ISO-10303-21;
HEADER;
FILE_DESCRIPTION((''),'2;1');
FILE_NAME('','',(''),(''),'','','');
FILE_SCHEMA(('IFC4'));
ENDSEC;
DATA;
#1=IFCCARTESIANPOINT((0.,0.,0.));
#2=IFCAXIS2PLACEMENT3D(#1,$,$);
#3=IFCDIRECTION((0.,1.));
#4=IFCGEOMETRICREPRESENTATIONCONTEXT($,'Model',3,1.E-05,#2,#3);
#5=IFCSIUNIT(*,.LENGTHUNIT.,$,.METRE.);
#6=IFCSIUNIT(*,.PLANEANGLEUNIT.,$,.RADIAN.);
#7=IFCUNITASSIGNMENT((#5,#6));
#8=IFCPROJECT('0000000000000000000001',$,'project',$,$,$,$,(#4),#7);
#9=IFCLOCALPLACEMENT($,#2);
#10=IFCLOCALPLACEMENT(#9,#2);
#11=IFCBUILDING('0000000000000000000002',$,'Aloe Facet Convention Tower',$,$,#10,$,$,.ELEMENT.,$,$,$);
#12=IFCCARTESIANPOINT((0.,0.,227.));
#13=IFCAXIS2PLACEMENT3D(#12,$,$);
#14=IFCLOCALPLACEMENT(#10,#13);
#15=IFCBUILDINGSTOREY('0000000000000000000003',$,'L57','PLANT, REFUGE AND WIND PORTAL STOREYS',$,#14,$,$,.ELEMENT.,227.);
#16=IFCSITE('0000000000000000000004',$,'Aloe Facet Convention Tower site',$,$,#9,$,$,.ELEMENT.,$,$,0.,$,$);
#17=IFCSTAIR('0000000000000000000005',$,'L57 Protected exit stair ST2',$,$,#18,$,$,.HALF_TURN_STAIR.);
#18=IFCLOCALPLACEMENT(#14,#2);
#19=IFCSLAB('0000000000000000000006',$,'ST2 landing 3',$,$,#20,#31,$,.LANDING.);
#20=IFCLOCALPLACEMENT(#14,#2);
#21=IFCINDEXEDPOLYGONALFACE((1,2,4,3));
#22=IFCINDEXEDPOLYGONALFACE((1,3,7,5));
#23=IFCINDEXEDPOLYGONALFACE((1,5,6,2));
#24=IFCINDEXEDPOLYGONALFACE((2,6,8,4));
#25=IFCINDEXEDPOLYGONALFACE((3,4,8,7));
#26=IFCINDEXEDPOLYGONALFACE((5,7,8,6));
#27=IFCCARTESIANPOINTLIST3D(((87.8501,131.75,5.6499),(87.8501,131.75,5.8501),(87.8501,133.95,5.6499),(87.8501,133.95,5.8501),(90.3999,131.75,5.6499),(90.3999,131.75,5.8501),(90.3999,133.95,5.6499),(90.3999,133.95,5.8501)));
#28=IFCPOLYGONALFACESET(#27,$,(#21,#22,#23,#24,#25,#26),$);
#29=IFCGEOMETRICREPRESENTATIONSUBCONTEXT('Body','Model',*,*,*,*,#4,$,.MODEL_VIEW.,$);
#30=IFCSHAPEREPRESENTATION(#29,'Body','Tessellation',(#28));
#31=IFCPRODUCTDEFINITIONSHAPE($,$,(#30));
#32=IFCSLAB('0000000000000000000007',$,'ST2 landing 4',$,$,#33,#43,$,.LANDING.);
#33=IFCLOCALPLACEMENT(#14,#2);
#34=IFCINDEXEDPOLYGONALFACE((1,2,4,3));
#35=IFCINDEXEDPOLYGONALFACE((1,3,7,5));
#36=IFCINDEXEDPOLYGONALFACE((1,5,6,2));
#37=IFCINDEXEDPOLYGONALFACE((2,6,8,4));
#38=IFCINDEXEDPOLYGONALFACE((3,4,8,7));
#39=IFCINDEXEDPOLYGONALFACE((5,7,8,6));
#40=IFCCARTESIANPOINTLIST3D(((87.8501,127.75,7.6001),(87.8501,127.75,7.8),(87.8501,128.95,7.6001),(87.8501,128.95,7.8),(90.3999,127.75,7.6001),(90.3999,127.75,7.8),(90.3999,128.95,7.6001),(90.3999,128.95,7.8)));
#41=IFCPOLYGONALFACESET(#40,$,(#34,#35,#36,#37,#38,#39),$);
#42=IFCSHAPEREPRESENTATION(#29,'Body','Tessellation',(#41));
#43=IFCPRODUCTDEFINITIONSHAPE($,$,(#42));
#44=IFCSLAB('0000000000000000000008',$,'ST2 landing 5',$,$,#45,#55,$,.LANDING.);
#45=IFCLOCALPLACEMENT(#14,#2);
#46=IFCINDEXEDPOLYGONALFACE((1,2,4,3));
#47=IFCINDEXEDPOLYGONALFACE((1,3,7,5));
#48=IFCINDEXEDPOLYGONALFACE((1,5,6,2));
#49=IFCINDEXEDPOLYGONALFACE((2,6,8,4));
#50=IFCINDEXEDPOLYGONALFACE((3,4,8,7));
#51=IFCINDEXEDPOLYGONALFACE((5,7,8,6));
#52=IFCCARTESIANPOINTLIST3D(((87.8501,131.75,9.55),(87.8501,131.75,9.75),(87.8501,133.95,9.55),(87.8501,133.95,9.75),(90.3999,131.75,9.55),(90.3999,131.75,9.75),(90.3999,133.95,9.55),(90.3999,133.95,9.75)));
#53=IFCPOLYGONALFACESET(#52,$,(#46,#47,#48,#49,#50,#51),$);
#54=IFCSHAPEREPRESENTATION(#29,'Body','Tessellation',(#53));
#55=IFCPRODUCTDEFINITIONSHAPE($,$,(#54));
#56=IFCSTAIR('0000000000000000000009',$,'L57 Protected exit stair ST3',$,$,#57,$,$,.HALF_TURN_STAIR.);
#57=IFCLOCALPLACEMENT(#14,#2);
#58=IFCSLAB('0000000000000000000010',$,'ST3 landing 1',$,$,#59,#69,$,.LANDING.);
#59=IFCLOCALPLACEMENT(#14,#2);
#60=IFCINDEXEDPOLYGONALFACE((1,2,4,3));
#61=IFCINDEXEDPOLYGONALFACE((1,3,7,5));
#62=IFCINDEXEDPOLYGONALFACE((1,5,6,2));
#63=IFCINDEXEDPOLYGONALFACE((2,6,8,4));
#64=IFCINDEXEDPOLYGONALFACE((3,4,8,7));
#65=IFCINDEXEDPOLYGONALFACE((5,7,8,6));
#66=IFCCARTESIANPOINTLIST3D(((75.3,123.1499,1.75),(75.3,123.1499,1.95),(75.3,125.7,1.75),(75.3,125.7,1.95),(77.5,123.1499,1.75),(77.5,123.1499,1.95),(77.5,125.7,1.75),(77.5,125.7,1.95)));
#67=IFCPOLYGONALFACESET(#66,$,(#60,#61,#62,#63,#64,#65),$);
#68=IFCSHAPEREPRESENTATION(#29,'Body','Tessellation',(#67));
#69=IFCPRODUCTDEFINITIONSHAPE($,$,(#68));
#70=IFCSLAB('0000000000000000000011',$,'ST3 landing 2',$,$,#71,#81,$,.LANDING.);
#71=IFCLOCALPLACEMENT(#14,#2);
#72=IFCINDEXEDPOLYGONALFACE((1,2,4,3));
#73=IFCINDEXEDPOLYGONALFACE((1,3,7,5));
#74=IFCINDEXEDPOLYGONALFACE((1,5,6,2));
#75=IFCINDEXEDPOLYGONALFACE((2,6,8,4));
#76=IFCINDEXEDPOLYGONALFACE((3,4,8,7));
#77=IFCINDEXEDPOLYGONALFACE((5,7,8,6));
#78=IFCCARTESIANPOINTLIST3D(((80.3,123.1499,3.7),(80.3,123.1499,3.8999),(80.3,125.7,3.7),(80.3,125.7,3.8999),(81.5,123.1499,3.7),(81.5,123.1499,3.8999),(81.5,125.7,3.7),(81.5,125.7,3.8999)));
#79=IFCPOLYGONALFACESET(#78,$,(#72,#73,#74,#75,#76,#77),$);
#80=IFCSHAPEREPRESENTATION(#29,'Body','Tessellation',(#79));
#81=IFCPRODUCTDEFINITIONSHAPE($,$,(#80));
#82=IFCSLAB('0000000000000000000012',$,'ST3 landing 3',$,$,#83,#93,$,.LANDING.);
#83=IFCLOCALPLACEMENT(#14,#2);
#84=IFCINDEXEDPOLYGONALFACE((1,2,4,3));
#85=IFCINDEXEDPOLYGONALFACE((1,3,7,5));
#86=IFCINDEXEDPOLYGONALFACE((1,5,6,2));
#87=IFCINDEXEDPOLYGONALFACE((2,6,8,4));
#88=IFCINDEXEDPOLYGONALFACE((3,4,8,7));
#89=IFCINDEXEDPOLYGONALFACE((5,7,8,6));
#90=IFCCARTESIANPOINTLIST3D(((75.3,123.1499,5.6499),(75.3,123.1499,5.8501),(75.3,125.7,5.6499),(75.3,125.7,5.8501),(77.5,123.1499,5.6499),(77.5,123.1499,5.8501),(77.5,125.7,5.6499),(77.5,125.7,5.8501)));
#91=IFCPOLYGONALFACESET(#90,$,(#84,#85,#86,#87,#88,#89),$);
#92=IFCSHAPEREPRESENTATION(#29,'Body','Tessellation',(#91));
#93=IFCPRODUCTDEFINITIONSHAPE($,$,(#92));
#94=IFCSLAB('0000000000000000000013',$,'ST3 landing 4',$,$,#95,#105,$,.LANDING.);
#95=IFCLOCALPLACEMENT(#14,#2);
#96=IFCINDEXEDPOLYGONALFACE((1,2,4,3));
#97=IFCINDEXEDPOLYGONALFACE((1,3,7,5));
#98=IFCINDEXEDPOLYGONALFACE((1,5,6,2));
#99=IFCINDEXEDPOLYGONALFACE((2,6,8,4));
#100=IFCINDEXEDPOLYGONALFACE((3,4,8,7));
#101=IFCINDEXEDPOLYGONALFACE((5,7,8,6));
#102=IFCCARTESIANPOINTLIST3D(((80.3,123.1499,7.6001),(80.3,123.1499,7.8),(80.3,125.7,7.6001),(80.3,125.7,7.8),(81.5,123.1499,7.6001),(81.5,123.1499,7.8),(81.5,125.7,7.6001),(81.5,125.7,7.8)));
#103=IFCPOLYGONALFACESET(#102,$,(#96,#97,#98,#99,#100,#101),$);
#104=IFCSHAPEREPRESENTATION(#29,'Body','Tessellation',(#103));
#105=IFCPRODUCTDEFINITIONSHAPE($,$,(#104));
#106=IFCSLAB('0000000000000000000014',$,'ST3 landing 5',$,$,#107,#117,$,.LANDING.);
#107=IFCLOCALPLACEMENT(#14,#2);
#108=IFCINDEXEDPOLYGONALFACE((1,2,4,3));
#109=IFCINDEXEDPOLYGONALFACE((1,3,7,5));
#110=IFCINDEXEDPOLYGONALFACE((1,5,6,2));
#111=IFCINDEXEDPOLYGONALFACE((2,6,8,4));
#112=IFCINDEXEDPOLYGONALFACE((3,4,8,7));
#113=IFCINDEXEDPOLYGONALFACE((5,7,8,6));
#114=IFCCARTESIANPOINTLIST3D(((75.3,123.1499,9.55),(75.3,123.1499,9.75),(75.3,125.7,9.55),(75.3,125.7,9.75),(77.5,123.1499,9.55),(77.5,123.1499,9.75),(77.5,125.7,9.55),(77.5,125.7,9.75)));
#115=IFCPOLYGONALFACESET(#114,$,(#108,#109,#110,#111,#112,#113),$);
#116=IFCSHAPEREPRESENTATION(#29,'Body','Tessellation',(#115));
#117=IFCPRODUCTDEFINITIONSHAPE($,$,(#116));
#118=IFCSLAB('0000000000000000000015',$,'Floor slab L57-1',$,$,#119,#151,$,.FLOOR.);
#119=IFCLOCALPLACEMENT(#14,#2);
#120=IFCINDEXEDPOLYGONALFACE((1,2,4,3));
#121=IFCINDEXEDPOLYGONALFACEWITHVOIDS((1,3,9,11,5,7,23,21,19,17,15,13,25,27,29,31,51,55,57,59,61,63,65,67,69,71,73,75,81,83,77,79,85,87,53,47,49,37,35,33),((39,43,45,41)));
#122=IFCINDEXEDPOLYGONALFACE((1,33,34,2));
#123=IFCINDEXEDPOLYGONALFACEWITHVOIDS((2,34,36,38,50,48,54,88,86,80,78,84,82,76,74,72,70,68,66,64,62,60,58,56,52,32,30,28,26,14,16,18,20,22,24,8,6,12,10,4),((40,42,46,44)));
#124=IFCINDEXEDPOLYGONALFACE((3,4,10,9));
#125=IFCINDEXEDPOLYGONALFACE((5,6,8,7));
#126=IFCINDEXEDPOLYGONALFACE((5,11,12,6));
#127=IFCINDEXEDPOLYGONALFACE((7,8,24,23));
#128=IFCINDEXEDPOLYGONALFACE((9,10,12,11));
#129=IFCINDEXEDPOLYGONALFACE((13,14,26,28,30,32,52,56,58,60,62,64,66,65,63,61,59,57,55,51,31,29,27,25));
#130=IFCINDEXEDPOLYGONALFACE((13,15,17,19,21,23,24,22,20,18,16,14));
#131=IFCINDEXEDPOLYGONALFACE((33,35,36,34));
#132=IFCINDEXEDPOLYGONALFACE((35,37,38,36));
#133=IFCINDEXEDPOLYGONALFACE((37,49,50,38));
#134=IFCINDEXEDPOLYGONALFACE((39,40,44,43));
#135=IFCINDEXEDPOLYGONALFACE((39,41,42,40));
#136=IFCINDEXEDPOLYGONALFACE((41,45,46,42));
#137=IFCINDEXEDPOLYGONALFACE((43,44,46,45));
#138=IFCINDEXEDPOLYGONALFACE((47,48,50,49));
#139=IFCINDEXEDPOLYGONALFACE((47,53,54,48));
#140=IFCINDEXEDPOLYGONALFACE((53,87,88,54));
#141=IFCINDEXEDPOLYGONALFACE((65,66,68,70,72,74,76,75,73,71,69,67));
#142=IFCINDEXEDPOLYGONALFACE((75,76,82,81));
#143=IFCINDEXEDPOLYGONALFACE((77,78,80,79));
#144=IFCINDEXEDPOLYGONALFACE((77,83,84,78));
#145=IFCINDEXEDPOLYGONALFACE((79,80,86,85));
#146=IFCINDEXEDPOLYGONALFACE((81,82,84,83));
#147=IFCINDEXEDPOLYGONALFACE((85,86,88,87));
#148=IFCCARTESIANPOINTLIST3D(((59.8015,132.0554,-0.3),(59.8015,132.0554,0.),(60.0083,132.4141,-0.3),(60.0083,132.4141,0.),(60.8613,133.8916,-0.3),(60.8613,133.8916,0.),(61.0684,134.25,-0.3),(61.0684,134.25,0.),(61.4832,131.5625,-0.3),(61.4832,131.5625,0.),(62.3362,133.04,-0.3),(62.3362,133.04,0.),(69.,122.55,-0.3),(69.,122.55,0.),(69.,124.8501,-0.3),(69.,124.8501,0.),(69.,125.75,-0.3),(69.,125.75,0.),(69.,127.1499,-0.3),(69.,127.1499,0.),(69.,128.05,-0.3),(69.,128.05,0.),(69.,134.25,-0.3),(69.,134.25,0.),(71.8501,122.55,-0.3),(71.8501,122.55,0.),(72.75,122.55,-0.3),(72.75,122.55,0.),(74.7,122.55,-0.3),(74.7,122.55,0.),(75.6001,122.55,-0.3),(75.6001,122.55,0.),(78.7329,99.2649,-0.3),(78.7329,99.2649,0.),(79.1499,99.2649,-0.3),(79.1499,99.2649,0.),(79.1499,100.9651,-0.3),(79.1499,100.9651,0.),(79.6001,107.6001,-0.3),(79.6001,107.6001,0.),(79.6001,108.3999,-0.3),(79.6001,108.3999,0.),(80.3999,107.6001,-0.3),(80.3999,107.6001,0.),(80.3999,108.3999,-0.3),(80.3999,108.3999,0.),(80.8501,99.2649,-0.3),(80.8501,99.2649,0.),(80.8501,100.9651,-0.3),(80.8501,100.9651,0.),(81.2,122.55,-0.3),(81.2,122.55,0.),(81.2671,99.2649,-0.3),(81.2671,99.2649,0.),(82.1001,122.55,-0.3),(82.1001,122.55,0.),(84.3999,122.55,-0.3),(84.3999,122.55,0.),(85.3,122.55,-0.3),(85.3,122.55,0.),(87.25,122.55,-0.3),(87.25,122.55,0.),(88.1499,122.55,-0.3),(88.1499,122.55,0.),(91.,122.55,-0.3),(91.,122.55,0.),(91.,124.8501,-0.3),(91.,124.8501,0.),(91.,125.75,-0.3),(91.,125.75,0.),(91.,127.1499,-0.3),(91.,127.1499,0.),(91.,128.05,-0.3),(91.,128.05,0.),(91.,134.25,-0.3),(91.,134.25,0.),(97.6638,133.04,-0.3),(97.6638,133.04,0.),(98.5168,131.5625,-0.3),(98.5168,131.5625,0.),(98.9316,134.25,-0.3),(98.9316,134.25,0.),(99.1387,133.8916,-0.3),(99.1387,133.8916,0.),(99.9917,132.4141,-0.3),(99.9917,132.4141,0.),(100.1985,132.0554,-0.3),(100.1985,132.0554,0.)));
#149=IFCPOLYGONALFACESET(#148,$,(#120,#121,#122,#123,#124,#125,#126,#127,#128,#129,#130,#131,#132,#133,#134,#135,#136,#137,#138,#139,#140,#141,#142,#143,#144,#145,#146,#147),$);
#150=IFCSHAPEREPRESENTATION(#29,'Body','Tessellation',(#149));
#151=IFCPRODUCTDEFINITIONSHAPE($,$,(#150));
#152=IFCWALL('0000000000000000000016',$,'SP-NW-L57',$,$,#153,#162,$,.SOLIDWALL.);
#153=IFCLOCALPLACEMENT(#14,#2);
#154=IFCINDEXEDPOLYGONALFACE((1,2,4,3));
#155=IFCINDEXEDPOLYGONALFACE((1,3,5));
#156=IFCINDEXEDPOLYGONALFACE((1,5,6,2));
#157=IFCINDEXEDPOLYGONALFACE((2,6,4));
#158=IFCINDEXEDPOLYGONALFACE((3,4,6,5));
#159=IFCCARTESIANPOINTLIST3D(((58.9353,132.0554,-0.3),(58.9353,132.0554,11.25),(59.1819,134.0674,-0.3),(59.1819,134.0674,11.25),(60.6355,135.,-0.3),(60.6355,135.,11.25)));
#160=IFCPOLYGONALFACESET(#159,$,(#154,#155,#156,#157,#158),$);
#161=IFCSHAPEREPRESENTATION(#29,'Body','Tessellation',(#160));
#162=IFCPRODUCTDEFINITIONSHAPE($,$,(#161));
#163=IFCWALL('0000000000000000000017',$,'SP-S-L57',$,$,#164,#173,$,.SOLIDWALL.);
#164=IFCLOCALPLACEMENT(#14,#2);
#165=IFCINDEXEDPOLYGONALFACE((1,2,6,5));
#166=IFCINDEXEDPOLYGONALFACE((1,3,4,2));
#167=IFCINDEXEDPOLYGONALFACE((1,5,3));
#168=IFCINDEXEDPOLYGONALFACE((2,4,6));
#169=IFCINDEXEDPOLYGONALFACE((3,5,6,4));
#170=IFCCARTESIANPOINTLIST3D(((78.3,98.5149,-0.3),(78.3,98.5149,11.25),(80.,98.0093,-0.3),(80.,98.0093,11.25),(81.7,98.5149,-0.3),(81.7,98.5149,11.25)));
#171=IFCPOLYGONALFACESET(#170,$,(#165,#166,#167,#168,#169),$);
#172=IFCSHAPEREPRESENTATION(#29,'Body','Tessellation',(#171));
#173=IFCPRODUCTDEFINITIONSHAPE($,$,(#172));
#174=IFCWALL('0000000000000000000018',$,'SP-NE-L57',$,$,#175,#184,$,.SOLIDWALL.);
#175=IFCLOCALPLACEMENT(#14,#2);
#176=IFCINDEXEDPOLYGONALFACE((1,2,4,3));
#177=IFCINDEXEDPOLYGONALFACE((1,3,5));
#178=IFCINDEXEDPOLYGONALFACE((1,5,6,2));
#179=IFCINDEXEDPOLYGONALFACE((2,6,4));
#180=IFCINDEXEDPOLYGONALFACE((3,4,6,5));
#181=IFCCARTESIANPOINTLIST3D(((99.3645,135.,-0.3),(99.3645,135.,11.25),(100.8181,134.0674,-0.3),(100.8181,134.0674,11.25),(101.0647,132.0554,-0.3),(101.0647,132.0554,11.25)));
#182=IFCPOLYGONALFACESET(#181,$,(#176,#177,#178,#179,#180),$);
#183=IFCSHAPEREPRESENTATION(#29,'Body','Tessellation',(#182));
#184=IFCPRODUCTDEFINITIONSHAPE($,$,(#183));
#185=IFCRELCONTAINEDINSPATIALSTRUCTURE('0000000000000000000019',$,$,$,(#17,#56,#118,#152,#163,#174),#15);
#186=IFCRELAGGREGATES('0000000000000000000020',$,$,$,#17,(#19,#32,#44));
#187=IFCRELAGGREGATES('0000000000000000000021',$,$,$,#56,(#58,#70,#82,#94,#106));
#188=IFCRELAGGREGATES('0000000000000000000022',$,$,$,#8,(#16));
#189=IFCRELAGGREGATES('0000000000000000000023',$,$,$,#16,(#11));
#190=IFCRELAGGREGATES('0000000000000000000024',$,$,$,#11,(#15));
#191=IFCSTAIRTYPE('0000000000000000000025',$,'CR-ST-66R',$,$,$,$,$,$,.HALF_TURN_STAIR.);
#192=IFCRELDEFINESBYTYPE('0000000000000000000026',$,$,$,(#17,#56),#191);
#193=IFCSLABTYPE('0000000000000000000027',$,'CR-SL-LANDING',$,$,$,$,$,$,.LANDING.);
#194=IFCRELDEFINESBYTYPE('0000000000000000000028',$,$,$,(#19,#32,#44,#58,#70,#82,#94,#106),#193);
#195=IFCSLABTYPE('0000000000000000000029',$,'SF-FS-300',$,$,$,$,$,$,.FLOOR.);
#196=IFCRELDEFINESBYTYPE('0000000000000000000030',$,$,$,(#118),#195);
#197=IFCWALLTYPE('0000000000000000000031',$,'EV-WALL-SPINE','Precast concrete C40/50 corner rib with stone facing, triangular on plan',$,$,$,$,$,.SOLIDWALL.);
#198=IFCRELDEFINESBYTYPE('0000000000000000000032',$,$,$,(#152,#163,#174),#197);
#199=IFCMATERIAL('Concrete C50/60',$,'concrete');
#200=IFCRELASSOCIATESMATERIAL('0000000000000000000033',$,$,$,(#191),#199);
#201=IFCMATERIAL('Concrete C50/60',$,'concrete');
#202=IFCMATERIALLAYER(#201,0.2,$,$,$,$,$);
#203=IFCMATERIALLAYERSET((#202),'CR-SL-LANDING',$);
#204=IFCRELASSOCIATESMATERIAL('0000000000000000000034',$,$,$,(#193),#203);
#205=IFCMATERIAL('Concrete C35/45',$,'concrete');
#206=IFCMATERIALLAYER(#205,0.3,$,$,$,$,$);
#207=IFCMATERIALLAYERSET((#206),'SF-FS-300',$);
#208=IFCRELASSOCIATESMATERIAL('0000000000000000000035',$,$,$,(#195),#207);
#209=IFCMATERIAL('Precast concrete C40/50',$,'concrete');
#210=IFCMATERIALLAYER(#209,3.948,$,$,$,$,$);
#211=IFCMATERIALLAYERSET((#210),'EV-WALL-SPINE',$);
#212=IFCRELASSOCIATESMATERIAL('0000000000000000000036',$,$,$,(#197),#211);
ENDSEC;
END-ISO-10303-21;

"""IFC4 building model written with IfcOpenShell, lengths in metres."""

from ifc_helpers import new_model, si_unit, direction, frame, origin, place, context, subcontext, project, spatial, polyline, outline, extrude, material, layer, layer_set, type_object, element, aggregate, save


model = new_model("IFC4")

# Units and contexts
model_context = context("Model", 3, precision=1e-05, world=origin(), true_north=direction((0.0, 1.0)))
body_context = subcontext(model_context, "Body", "Model", "MODEL_VIEW")
ifc_project = project(units=[si_unit("LENGTHUNIT", "METRE"), si_unit("PLANEANGLEUNIT", "RADIAN")], contexts=[model_context])

# Site, building, storey
site_placement = place(None, origin())
site = spatial("IfcSite", under=ifc_project, at=site_placement, Name="Aloe Facet Convention Tower site", CompositionType="ELEMENT", RefElevation=0.0)
building_placement = place(site_placement, origin())
building = spatial("IfcBuilding", under=site, at=building_placement, Name="Aloe Facet Convention Tower", CompositionType="ELEMENT")
storey_placement = place(building_placement, frame((0.0, 0.0, 227.0)))
storey = spatial("IfcBuildingStorey", under=building, at=storey_placement, Name="L57", Description="PLANT, REFUGE AND WIND PORTAL STOREYS", CompositionType="ELEMENT", Elevation=227.0)

# Stairs, slabs
ifc_material_1 = material(Name="Concrete C50/60", Category="concrete")
stair_type = type_object("IfcStairType", Name="CR-ST-66R", PredefinedType="HALF_TURN_STAIR", material=ifc_material_1)
ifc_material_2 = material(Name="Concrete C50/60", Category="concrete")
ifc_layer_1 = layer(ifc_material_2, 0.2)
ifc_layer_set_1 = layer_set([ifc_layer_1], Name="CR-SL-LANDING")
slab_type_1 = type_object("IfcSlabType", Name="CR-SL-LANDING", PredefinedType="LANDING", material=ifc_layer_set_1)
stair_1_placement = place(storey_placement, origin())
stair_1 = element("IfcStair", 1, at=stair_1_placement, inside=storey, type_object=stair_type, Name="L57 Protected exit stair ST2", PredefinedType="HALF_TURN_STAIR")
slab_1_placement = place(storey_placement, frame((0.0, 0.0, 5.6499)))
slab_1 = element("IfcSlab", 2, at=slab_1_placement, type_object=slab_type_1, Name="ST2 landing 3", PredefinedType="LANDING", context=body_context, shape_type="SweptSolid", body=[
    extrude(outline(polyline([(90.3999, 131.75), (90.3999, 133.95), (87.8501, 133.95), (87.8501, 131.75), (90.3999, 131.75)])), origin(), (0.0, 0.0, 1.0), 0.2002),
])
slab_2_placement = place(storey_placement, frame((0.0, 0.0, 7.6001)))
slab_2 = element("IfcSlab", 3, at=slab_2_placement, type_object=slab_type_1, Name="ST2 landing 4", PredefinedType="LANDING", context=body_context, shape_type="SweptSolid", body=[
    extrude(outline(polyline([(90.3999, 127.75), (90.3999, 128.95), (87.8501, 128.95), (87.8501, 127.75), (90.3999, 127.75)])), origin(), (0.0, 0.0, 1.0), 0.2),
])
slab_3_placement = place(storey_placement, frame((0.0, 0.0, 9.55)))
slab_3 = element("IfcSlab", 4, at=slab_3_placement, type_object=slab_type_1, Name="ST2 landing 5", PredefinedType="LANDING", context=body_context, shape_type="SweptSolid", body=[
    extrude(outline(polyline([(90.3999, 131.75), (90.3999, 133.95), (87.8501, 133.95), (87.8501, 131.75), (90.3999, 131.75)])), origin(), (0.0, 0.0, 1.0), 0.2),
])
aggregate(stair_1, [slab_1, slab_2, slab_3])
stair_2_placement = place(storey_placement, origin())
stair_2 = element("IfcStair", 5, at=stair_2_placement, inside=storey, type_object=stair_type, Name="L57 Protected exit stair ST3", PredefinedType="HALF_TURN_STAIR")
slab_4_placement = place(storey_placement, frame((0.0, 0.0, 1.75)))
slab_4 = element("IfcSlab", 6, at=slab_4_placement, type_object=slab_type_1, Name="ST3 landing 1", PredefinedType="LANDING", context=body_context, shape_type="SweptSolid", body=[
    extrude(outline(polyline([(77.5, 125.7), (75.3, 125.7), (75.3, 123.1499), (77.5, 123.1499), (77.5, 125.7)])), origin(), (0.0, 0.0, 1.0), 0.2),
])
slab_5_placement = place(storey_placement, frame((0.0, 0.0, 3.7)))
slab_5 = element("IfcSlab", 7, at=slab_5_placement, type_object=slab_type_1, Name="ST3 landing 2", PredefinedType="LANDING", context=body_context, shape_type="SweptSolid", body=[
    extrude(outline(polyline([(81.5, 125.7), (80.3, 125.7), (80.3, 123.1499), (81.5, 123.1499), (81.5, 125.7)])), origin(), (0.0, 0.0, 1.0), 0.2),
])
slab_6_placement = place(storey_placement, frame((0.0, 0.0, 5.6499)))
slab_6 = element("IfcSlab", 8, at=slab_6_placement, type_object=slab_type_1, Name="ST3 landing 3", PredefinedType="LANDING", context=body_context, shape_type="SweptSolid", body=[
    extrude(outline(polyline([(77.5, 125.7), (75.3, 125.7), (75.3, 123.1499), (77.5, 123.1499), (77.5, 125.7)])), origin(), (0.0, 0.0, 1.0), 0.2002),
])
slab_7_placement = place(storey_placement, frame((0.0, 0.0, 7.6001)))
slab_7 = element("IfcSlab", 9, at=slab_7_placement, type_object=slab_type_1, Name="ST3 landing 4", PredefinedType="LANDING", context=body_context, shape_type="SweptSolid", body=[
    extrude(outline(polyline([(81.5, 125.7), (80.3, 125.7), (80.3, 123.1499), (81.5, 123.1499), (81.5, 125.7)])), origin(), (0.0, 0.0, 1.0), 0.2),
])
slab_8_placement = place(storey_placement, frame((0.0, 0.0, 9.55)))
slab_8 = element("IfcSlab", 10, at=slab_8_placement, type_object=slab_type_1, Name="ST3 landing 5", PredefinedType="LANDING", context=body_context, shape_type="SweptSolid", body=[
    extrude(outline(polyline([(77.5, 125.7), (75.3, 125.7), (75.3, 123.1499), (77.5, 123.1499), (77.5, 125.7)])), origin(), (0.0, 0.0, 1.0), 0.2),
])
aggregate(stair_2, [slab_4, slab_5, slab_6, slab_7, slab_8])

# Slab
ifc_material_3 = material(Name="Concrete C35/45", Category="concrete")
ifc_layer_2 = layer(ifc_material_3, 0.3)
ifc_layer_set_2 = layer_set([ifc_layer_2], Name="SF-FS-300")
slab_type_2 = type_object("IfcSlabType", Name="SF-FS-300", PredefinedType="FLOOR", material=ifc_layer_set_2)
slab_9_placement = place(storey_placement, frame((0.0, 0.0, -0.3)))
element("IfcSlab", 11, at=slab_9_placement, inside=storey, type_object=slab_type_2, Name="Floor slab L57-1", PredefinedType="FLOOR", context=body_context, shape_type="SweptSolid", body=[
    extrude(outline(polyline([(80.8501, 99.2649), (80.8501, 100.9651), (79.1499, 100.9651), (79.1499, 99.2649), (78.7329, 99.2649), (59.8015, 132.0554), (60.0083, 132.4141), (61.4832, 131.5625), (62.3362, 133.04), (60.8613, 133.8916), (61.0684, 134.25), (69.0, 134.25), (69.0, 128.05), (69.0, 127.1499), (69.0, 125.75), (69.0, 124.8501), (69.0, 122.55), (71.8501, 122.55), (72.75, 122.55), (74.7, 122.55), (75.6001, 122.55), (81.2, 122.55), (82.1001, 122.55), (84.3999, 122.55), (85.3, 122.55), (87.25, 122.55), (88.1499, 122.55), (91.0, 122.55), (91.0, 124.8501), (91.0, 125.75), (91.0, 127.1499), (91.0, 128.05), (91.0, 134.25), (98.9316, 134.25), (99.1387, 133.8916), (97.6638, 133.04), (98.5168, 131.5625), (99.9917, 132.4141), (100.1985, 132.0554), (81.2671, 99.2649), (80.8501, 99.2649)]), holes=[polyline([(79.6001, 107.6001), (80.3999, 107.6001), (80.3999, 108.3999), (79.6001, 108.3999), (79.6001, 107.6001)])]), origin(), (0.0, 0.0, 1.0), 0.3),
])

# Walls
ifc_material_4 = material(Name="Precast concrete C40/50", Category="concrete")
ifc_layer_3 = layer(ifc_material_4, 3.948)
ifc_layer_set_3 = layer_set([ifc_layer_3], Name="EV-WALL-SPINE")
wall_type = type_object("IfcWallType", Name="EV-WALL-SPINE", Description="Precast concrete C40/50 corner rib with stone facing, triangular on plan", PredefinedType="SOLIDWALL", material=ifc_layer_set_3)
wall_1_placement = place(storey_placement, frame((0.0, 0.0, -0.3)))
element("IfcWall", 12, at=wall_1_placement, inside=storey, type_object=wall_type, Name="SP-NW-L57", PredefinedType="SOLIDWALL", context=body_context, shape_type="SweptSolid", body=[
    extrude(outline(polyline([(60.6355, 135.0), (59.1819, 134.0674), (58.9353, 132.0554), (60.6355, 135.0)])), origin(), (0.0, 0.0, 1.0), 11.55),
])
wall_2_placement = place(storey_placement, frame((0.0, 0.0, -0.3)))
element("IfcWall", 13, at=wall_2_placement, inside=storey, type_object=wall_type, Name="SP-S-L57", PredefinedType="SOLIDWALL", context=body_context, shape_type="SweptSolid", body=[
    extrude(outline(polyline([(78.3, 98.5149), (80.0, 98.0093), (81.7, 98.5149), (78.3, 98.5149)])), origin(), (0.0, 0.0, 1.0), 11.55),
])
wall_3_placement = place(storey_placement, frame((0.0, 0.0, -0.3)))
element("IfcWall", 14, at=wall_3_placement, inside=storey, type_object=wall_type, Name="SP-NE-L57", PredefinedType="SOLIDWALL", context=body_context, shape_type="SweptSolid", body=[
    extrude(outline(polyline([(101.0647, 132.0554), (100.8181, 134.0674), (99.3645, 135.0), (101.0647, 132.0554)])), origin(), (0.0, 0.0, 1.0), 11.55),
])

save(model, "model.ifc")
